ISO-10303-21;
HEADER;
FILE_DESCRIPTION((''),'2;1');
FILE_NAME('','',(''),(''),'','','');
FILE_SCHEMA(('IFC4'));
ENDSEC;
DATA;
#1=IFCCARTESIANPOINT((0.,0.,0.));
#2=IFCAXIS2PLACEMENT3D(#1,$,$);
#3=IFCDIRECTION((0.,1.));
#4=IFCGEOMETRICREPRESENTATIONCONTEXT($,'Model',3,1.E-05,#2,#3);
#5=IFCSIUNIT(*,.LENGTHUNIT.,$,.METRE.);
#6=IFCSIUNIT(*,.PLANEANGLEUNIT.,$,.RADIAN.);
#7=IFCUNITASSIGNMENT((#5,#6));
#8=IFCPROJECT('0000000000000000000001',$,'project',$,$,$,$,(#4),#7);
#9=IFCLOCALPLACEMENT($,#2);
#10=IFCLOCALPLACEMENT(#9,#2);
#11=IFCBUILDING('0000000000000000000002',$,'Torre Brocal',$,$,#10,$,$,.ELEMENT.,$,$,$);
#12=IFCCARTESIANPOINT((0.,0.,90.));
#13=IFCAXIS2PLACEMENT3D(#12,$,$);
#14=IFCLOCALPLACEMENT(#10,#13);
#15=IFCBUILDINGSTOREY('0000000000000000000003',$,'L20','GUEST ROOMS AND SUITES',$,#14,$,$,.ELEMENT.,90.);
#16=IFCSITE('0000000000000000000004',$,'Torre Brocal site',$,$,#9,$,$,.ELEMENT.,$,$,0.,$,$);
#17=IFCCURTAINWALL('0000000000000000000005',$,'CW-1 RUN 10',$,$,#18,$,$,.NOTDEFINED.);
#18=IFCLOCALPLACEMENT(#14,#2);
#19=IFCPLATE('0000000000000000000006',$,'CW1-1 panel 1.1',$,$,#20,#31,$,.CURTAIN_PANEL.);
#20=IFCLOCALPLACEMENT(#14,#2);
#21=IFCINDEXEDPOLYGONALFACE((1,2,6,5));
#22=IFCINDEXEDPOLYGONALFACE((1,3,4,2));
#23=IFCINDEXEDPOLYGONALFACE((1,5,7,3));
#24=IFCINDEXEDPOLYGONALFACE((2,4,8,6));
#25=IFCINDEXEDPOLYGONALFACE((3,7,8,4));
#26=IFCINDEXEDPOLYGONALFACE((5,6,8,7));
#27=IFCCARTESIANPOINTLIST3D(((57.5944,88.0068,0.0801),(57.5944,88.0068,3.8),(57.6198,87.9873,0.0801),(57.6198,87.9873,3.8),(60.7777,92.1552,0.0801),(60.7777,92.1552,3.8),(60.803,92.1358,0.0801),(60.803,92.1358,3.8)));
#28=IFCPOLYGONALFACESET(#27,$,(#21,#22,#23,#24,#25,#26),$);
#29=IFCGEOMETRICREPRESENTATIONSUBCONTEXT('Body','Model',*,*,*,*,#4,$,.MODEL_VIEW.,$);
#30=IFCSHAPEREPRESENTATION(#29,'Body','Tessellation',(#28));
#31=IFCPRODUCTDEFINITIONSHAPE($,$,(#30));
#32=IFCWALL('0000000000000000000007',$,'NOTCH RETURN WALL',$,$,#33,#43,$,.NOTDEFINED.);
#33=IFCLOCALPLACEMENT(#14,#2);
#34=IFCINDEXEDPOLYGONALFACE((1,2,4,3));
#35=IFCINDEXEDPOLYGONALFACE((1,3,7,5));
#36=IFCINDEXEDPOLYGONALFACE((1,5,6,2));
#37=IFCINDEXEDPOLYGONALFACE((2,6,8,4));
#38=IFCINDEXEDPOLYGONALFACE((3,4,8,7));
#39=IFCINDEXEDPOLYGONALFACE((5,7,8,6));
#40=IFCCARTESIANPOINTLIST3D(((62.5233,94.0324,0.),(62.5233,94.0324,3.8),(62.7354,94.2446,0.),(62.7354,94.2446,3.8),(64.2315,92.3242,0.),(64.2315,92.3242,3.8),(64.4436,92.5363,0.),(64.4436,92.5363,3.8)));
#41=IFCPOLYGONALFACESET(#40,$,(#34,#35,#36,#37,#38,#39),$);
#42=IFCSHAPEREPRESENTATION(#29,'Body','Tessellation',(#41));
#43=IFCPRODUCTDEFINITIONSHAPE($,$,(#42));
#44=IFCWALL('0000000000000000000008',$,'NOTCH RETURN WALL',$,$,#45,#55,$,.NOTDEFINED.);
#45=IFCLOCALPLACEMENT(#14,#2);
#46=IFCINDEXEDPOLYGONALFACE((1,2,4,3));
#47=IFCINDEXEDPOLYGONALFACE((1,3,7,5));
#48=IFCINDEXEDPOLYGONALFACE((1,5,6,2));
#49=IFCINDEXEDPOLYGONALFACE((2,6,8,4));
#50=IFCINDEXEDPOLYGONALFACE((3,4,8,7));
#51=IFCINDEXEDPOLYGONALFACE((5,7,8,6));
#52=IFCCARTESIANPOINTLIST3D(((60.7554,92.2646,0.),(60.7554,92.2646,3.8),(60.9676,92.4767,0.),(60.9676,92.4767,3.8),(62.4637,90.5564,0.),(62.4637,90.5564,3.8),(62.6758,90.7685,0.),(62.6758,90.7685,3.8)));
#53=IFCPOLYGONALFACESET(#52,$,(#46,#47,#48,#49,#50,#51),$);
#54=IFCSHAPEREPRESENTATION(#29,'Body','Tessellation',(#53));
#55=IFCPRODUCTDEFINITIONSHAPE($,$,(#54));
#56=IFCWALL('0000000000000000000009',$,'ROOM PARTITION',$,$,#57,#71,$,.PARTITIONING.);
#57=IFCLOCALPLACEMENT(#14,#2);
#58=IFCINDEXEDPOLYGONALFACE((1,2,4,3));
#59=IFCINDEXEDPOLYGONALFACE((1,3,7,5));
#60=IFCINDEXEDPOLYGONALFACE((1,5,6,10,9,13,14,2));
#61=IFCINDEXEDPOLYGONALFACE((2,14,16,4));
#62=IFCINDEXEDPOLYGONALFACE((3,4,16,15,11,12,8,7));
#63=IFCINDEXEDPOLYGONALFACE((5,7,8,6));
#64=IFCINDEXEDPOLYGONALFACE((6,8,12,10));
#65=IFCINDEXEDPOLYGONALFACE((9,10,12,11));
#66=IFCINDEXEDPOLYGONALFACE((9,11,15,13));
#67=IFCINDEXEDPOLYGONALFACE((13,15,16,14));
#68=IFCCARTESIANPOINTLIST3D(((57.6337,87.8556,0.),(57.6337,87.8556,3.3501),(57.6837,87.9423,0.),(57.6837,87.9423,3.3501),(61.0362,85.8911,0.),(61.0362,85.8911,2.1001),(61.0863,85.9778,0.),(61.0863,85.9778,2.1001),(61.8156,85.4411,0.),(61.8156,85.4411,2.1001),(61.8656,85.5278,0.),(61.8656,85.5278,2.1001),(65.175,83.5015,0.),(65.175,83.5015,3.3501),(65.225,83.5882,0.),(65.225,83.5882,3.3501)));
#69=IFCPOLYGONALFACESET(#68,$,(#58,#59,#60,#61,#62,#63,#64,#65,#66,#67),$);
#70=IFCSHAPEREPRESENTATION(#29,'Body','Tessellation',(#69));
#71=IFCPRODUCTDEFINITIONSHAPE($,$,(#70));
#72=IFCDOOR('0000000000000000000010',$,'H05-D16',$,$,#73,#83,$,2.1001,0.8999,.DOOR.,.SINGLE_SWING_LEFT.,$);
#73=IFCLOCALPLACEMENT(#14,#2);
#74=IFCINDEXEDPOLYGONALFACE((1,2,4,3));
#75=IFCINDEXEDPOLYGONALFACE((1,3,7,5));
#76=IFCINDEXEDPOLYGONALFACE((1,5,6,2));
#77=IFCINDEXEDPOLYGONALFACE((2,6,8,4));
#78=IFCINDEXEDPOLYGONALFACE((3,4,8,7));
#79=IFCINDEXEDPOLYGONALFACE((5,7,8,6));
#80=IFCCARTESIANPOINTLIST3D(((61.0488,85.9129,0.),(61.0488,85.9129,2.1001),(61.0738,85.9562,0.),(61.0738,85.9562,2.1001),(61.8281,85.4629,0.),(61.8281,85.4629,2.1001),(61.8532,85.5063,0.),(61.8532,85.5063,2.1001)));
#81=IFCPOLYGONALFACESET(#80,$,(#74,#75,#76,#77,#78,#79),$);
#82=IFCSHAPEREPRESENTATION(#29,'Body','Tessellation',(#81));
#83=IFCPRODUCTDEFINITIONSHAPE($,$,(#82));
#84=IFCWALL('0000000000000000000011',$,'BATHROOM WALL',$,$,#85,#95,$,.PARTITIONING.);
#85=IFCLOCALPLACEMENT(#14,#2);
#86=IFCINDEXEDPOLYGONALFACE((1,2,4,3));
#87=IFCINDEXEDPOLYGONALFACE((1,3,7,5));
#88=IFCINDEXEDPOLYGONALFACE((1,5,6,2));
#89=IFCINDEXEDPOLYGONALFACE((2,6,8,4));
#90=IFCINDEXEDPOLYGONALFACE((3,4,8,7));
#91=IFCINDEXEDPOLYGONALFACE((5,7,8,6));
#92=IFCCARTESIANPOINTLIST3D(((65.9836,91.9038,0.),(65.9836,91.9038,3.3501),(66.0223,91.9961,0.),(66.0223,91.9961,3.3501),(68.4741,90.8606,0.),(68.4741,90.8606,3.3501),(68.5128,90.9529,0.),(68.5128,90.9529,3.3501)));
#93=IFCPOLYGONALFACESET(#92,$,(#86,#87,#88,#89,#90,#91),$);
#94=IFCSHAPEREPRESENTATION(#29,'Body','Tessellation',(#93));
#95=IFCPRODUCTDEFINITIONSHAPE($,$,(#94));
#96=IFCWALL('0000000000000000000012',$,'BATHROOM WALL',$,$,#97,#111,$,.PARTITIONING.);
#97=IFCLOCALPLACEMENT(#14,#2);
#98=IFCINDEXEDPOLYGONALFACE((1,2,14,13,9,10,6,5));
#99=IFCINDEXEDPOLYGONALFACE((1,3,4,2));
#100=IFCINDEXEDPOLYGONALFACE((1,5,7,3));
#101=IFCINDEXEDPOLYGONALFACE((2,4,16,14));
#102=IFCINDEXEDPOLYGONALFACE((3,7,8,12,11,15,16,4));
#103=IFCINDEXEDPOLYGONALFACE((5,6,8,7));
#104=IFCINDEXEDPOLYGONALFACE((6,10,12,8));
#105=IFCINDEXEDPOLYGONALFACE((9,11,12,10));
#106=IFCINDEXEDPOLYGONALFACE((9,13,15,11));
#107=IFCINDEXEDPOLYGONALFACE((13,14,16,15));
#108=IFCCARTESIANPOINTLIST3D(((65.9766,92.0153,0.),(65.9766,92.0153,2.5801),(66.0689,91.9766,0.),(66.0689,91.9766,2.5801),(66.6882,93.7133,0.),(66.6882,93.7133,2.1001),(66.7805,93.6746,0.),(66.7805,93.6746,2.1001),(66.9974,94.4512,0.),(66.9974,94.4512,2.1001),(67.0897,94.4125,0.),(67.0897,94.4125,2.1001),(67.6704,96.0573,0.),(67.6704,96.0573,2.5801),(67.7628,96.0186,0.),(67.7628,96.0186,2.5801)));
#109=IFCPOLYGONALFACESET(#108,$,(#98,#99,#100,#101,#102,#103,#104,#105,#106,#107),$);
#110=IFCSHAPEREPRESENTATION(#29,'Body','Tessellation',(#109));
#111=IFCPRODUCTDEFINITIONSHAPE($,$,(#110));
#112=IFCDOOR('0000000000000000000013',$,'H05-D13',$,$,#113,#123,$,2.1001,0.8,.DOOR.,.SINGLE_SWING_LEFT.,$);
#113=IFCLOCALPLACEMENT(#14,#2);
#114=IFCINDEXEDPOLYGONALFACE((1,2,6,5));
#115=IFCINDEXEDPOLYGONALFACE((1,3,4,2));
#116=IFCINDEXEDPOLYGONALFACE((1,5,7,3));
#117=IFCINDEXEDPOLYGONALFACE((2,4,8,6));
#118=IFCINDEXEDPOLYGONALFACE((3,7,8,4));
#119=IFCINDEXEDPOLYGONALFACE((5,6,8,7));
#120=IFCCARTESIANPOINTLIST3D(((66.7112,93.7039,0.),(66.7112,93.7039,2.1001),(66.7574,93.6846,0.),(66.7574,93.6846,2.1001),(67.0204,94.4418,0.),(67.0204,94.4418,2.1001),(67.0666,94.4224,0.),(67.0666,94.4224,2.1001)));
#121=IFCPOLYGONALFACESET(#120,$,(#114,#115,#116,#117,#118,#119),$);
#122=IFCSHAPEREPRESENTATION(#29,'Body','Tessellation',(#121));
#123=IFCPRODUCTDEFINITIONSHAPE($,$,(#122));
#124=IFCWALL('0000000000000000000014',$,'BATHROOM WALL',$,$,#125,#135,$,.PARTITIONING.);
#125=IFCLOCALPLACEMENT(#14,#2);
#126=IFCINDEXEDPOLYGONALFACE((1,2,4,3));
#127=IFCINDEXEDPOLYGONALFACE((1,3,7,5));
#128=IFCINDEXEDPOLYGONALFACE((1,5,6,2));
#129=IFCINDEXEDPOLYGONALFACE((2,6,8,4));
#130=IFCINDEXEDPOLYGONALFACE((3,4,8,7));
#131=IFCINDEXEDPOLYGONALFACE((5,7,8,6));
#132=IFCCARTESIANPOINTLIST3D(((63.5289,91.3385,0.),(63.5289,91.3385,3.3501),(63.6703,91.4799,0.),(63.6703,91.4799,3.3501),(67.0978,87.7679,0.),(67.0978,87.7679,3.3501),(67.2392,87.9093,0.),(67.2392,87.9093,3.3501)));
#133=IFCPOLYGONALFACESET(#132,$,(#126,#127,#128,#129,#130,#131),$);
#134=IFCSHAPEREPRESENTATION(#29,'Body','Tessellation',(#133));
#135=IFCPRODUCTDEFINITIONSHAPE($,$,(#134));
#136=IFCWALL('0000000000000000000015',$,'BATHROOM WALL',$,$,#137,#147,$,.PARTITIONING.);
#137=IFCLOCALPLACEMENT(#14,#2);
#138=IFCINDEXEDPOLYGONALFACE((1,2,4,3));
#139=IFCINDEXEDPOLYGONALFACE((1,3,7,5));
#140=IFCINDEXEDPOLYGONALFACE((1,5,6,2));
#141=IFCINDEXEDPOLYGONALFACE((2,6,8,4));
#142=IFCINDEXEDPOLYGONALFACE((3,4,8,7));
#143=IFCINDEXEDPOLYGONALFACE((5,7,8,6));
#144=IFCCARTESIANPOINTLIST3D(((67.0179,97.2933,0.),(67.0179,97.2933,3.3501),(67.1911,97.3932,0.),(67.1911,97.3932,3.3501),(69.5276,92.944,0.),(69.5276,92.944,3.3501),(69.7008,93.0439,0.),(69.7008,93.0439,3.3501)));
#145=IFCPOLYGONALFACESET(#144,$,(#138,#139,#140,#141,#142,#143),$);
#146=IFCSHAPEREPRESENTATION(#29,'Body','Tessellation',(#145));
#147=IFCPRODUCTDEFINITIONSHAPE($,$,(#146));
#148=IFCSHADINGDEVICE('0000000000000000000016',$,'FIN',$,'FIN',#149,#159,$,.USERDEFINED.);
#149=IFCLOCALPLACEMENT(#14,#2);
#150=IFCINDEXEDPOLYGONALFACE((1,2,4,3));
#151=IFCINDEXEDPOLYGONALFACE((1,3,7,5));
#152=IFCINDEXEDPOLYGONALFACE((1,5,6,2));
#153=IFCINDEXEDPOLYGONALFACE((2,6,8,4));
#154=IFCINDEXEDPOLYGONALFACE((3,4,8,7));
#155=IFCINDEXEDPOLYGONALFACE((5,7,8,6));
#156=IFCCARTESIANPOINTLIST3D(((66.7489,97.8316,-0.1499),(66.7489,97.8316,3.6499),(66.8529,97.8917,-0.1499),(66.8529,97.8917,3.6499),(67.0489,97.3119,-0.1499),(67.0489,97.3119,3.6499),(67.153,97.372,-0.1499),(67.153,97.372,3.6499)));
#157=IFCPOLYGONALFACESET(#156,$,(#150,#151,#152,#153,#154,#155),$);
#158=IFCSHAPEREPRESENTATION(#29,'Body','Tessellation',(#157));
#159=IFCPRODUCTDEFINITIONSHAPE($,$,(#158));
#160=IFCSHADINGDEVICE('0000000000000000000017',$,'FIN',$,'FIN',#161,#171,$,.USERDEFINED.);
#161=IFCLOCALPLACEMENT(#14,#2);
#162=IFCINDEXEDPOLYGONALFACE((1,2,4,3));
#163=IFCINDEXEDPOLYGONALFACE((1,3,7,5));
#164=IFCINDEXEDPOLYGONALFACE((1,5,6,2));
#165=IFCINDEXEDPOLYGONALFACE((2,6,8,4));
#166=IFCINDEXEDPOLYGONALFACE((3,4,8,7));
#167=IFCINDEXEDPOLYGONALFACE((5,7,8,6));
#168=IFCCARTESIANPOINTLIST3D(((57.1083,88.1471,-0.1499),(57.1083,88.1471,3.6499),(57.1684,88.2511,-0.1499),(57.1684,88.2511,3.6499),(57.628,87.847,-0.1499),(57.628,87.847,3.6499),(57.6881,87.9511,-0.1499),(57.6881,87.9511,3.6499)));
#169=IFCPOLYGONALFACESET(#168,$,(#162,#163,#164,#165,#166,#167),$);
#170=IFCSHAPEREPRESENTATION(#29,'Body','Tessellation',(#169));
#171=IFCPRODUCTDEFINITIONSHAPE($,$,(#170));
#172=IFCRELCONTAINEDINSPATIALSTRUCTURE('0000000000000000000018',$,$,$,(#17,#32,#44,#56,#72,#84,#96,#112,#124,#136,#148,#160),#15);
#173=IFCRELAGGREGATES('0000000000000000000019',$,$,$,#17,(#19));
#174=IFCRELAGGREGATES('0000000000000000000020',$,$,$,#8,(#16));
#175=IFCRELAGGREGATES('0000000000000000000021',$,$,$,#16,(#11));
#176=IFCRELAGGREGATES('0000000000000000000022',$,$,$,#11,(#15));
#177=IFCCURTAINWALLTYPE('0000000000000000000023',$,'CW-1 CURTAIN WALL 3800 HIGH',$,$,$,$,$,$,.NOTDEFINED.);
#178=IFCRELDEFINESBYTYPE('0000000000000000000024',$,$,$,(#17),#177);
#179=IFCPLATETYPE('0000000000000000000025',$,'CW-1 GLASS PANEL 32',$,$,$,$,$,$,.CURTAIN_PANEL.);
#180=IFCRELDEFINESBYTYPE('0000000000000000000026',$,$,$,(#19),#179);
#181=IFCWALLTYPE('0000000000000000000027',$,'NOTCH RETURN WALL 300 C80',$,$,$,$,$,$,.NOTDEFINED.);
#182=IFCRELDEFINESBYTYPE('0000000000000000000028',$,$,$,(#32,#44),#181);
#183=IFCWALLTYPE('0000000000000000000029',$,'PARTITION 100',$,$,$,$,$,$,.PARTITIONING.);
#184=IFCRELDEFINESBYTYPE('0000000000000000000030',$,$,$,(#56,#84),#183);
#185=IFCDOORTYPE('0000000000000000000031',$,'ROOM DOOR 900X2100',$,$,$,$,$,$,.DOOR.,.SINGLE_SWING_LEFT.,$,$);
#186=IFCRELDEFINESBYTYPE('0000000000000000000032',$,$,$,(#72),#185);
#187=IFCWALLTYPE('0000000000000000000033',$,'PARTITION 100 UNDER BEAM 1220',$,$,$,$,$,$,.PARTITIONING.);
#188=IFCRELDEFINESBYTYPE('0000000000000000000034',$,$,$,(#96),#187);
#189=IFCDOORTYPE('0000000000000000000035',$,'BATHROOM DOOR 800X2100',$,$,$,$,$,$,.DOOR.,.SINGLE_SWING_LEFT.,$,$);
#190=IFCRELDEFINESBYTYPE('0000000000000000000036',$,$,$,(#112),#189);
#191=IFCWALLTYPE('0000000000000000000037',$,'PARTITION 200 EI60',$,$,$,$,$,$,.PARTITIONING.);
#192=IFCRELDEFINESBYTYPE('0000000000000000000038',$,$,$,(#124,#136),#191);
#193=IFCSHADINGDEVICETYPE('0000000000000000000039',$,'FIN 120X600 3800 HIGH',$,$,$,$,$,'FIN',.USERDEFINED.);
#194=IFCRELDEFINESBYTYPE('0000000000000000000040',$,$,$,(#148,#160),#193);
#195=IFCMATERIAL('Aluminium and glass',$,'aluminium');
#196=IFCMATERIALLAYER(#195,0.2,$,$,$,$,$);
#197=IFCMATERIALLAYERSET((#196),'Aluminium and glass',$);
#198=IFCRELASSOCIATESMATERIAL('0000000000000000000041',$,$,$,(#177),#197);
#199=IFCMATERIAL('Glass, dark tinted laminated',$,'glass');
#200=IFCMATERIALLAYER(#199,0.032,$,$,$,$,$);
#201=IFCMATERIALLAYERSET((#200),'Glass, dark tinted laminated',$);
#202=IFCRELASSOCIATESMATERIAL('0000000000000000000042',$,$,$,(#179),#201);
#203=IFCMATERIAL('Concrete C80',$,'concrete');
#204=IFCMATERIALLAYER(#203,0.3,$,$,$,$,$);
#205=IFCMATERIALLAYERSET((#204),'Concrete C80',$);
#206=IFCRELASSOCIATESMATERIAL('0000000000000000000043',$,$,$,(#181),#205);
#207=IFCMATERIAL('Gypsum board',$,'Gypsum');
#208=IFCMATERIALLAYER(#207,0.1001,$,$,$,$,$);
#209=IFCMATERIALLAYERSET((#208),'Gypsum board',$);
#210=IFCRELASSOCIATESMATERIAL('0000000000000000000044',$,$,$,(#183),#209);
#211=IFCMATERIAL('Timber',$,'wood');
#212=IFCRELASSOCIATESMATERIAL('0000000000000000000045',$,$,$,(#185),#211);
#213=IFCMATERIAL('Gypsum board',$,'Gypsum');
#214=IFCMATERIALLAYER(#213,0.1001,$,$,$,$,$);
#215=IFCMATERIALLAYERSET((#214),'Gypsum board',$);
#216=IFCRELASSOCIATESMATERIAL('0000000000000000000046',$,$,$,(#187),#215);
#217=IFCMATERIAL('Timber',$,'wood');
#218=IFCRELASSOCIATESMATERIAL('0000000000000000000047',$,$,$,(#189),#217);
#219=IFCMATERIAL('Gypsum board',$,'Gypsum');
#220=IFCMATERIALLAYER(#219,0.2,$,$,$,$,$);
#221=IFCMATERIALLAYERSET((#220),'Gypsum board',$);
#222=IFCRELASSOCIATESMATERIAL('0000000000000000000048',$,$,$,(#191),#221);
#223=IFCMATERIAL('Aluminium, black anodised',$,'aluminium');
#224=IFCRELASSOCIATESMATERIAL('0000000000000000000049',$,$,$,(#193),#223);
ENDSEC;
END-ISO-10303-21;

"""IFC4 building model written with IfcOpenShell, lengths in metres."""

from ifc_helpers import new_model, si_unit, direction, frame, frame_2d, origin, origin_2d, place, context, subcontext, project, spatial, rectangle, extrude, material, layer, layer_set, material_profile, profile_set, type_object, element, fill, aggregate, save


model = new_model("IFC4")

# Units and contexts
model_context = context("Model", 3, precision=1e-05, world=origin(), true_north=direction((0.0, 1.0)))
body_context = subcontext(model_context, "Body", "Model", "MODEL_VIEW")
ifc_project = project(units=[si_unit("LENGTHUNIT", "METRE"), si_unit("PLANEANGLEUNIT", "RADIAN")], contexts=[model_context])

# Site, building, storey
site_placement = place(None, origin())
site = spatial("IfcSite", under=ifc_project, at=site_placement, Name="Torre Brocal site", CompositionType="ELEMENT", RefElevation=0.0)
building_placement = place(site_placement, origin())
building = spatial("IfcBuilding", under=site, at=building_placement, Name="Torre Brocal", CompositionType="ELEMENT")
storey_placement = place(building_placement, frame((0.0, 0.0, 90.0)))
storey = spatial("IfcBuildingStorey", under=building, at=storey_placement, Name="L20", Description="GUEST ROOMS AND SUITES", CompositionType="ELEMENT", Elevation=90.0)

# Shared definitions
ifc_material_1 = material(Name="Aluminium and glass", Category="aluminium")
ifc_layer_1 = layer(ifc_material_1, 0.2)
ifc_layer_set_1 = layer_set([ifc_layer_1], Name="Aluminium and glass")
curtain_wall_type = type_object("IfcCurtainWallType", Name="CW-1 CURTAIN WALL 3800 HIGH", PredefinedType="NOTDEFINED", material=ifc_layer_set_1)

# Curtain wall
curtain_wall_1_placement = place(storey_placement, origin())
curtain_wall_1 = element("IfcCurtainWall", 1, at=curtain_wall_1_placement, inside=storey, type_object=curtain_wall_type, Name="CW-1 RUN 10", PredefinedType="NOTDEFINED")

# Plate
ifc_material_2 = material(Name="Glass, dark tinted laminated", Category="glass")
ifc_layer_2 = layer(ifc_material_2, 0.032)
ifc_layer_set_2 = layer_set([ifc_layer_2], Name="Glass, dark tinted laminated")
plate_type = type_object("IfcPlateType", Name="CW-1 GLASS PANEL 32", PredefinedType="CURTAIN_PANEL", material=ifc_layer_set_2)
plate_1_placement = place(storey_placement, frame((59.1987, 90.0713, 0.0801), z_axis=(0.0, 0.0, 1.0), x_axis=(-0.608761, -0.793353, 0.0)))
plate_1 = element("IfcPlate", 2, at=plate_1_placement, type_object=plate_type, Name="CW1-1 panel 1.1", PredefinedType="CURTAIN_PANEL", context=body_context, shape_type="SweptSolid", body=[
    extrude(rectangle(XDim=5.229, YDim=0.032, at=origin_2d()), origin(), (0.0, 0.0, 1.0), 3.72),
])
aggregate(curtain_wall_1, [plate_1])

# Walls
ifc_material_3 = material(Name="Concrete C80", Category="concrete")
ifc_layer_3 = layer(ifc_material_3, 0.3)
ifc_layer_set_3 = layer_set([ifc_layer_3], Name="Concrete C80")
wall_type_1 = type_object("IfcWallType", Name="NOTCH RETURN WALL 300 C80", PredefinedType="NOTDEFINED", material=ifc_layer_set_3)
for number, where, z_axis, x_axis, name in (
    (3, (64.3376, 92.4302, 0.0), (0.0, 0.0, 1.0), (-0.707107, 0.707107, 0.0), "NOTCH RETURN WALL"),
    (4, (62.5698, 90.6624, 0.0), (0.0, 0.0, 1.0), (-0.707107, 0.707107, 0.0), "NOTCH RETURN WALL"),
):
    element("IfcWall", number, at=place(storey_placement, frame(where, z_axis=z_axis, x_axis=x_axis)), inside=storey, type_object=wall_type_1, Name=name, PredefinedType="NOTDEFINED", context=body_context, shape_type="SweptSolid", body=[
        extrude(rectangle(XDim=2.4158, YDim=0.3, at=frame_2d((1.208, 0.0))), origin(), (0.0, 0.0, 1.0), 3.8),
    ])

# Wall, opening, door
ifc_material_4 = material(Name="Gypsum board", Category="Gypsum")
ifc_layer_4 = layer(ifc_material_4, 0.1001)
ifc_layer_set_4 = layer_set([ifc_layer_4], Name="Gypsum board")
wall_type_2 = type_object("IfcWallType", Name="PARTITION 100", PredefinedType="PARTITIONING", material=ifc_layer_set_4)
wall_1_placement = place(storey_placement, frame((57.6587, 87.8989, 0.0), z_axis=(0.0, 0.0, 1.0), x_axis=(0.866023, -0.500005, 0.0)))
wall_1 = element("IfcWall", 5, at=wall_1_placement, inside=storey, type_object=wall_type_2, Name="ROOM PARTITION", PredefinedType="PARTITIONING", context=body_context, shape_type="SweptSolid", body=[
    extrude(rectangle(XDim=8.708, YDim=0.1001, at=frame_2d((4.354, 0.0))), origin(), (0.0, 0.0, 1.0), 3.3501),
])
opening_1_placement = place(wall_1_placement, frame((3.929, 0.0, 0.0)))
opening_1 = element("IfcOpeningElement", 6, at=opening_1_placement, cuts=wall_1, PredefinedType="OPENING", context=body_context, shape_type="SweptSolid", body=[
    extrude(rectangle(XDim=0.8999, YDim=2.1001, at=frame_2d((0.45, 1.05))), frame((0.0, 0.0601, 0.0), z_axis=(0.0, -1.0, 0.0), x_axis=(1.0, 0.0, 0.0)), (0.0, 0.0, 1.0), 0.1201),
])
ifc_material_5 = material(Name="Timber", Category="wood")
door_type_1 = type_object("IfcDoorType", Name="ROOM DOOR 900X2100", OperationType="SINGLE_SWING_LEFT", PredefinedType="DOOR", material=ifc_material_5)
door_1_placement = place(opening_1_placement, frame((0.8999, 0.0, 0.0), z_axis=(0.0, 0.0, 1.0), x_axis=(-1.0, 0.0, 0.0)))
door_1 = element("IfcDoor", 7, at=door_1_placement, inside=storey, type_object=door_type_1, Name="H05-D16", OperationType="SINGLE_SWING_LEFT", OverallHeight=2.1001, OverallWidth=0.8999, PredefinedType="DOOR", context=body_context, shape_type="SweptSolid", body=[
    extrude(rectangle(XDim=0.8999, YDim=2.1001, at=frame_2d((0.45, 1.05))), frame((0.0, 0.0249, 0.0), z_axis=(0.0, -1.0, 0.0), x_axis=(1.0, 0.0, 0.0)), (0.0, 0.0, 1.0), 0.05),
])
fill(opening_1, door_1)

# Wall
wall_2_placement = place(storey_placement, frame((66.0029, 91.95, 0.0), z_axis=(0.0, 0.0, 1.0), x_axis=(0.92235, -0.386355, 0.0)))
element("IfcWall", 8, at=wall_2_placement, inside=storey, type_object=wall_type_2, Name="BATHROOM WALL", PredefinedType="PARTITIONING", context=body_context, shape_type="SweptSolid", body=[
    extrude(rectangle(XDim=2.7002, YDim=0.1001, at=frame_2d((1.3501, 0.0))), origin(), (0.0, 0.0, 1.0), 3.3501),
])

# Wall, opening, door
ifc_material_6 = material(Name="Gypsum board", Category="Gypsum")
ifc_layer_5 = layer(ifc_material_6, 0.1001)
ifc_layer_set_5 = layer_set([ifc_layer_5], Name="Gypsum board")
wall_type_3 = type_object("IfcWallType", Name="PARTITION 100 UNDER BEAM 1220", PredefinedType="PARTITIONING", material=ifc_layer_set_5)
wall_3_placement = place(storey_placement, frame((66.0227, 91.9958, 0.0), z_axis=(0.0, 0.0, 1.0), x_axis=(0.386497, 0.92229, 0.0)))
wall_3 = element("IfcWall", 9, at=wall_3_placement, inside=storey, type_object=wall_type_3, Name="BATHROOM WALL", PredefinedType="PARTITIONING", context=body_context, shape_type="SweptSolid", body=[
    extrude(rectangle(XDim=4.3826, YDim=0.1001, at=frame_2d((2.1914, 0.0))), origin(), (0.0, 0.0, 1.0), 2.5801),
])
opening_2_placement = place(wall_3_placement, frame((1.8413, 0.0, 0.0)))
opening_2 = element("IfcOpeningElement", 10, at=opening_2_placement, cuts=wall_3, PredefinedType="OPENING", context=body_context, shape_type="SweptSolid", body=[
    extrude(rectangle(XDim=0.8, YDim=2.1001, at=frame_2d((0.3999, 1.05))), frame((0.0, 0.0601, 0.0), z_axis=(0.0, -1.0, 0.0), x_axis=(1.0, 0.0, 0.0)), (0.0, 0.0, 1.0), 0.1201),
])
ifc_material_7 = material(Name="Timber", Category="wood")
door_type_2 = type_object("IfcDoorType", Name="BATHROOM DOOR 800X2100", OperationType="SINGLE_SWING_LEFT", PredefinedType="DOOR", material=ifc_material_7)
door_2_placement = place(opening_2_placement, frame((0.8, 0.0, 0.0), z_axis=(0.0, 0.0, 1.0), x_axis=(-1.0, 0.0, 0.0)))
door_2 = element("IfcDoor", 11, at=door_2_placement, inside=storey, type_object=door_type_2, Name="H05-D13", OperationType="SINGLE_SWING_LEFT", OverallHeight=2.1001, OverallWidth=0.8, PredefinedType="DOOR", context=body_context, shape_type="SweptSolid", body=[
    extrude(rectangle(XDim=0.8, YDim=2.1001, at=frame_2d((0.3999, 1.05))), frame((0.0, 0.0249, 0.0), z_axis=(0.0, -1.0, 0.0), x_axis=(1.0, 0.0, 0.0)), (0.0, 0.0, 1.0), 0.05),
])
fill(opening_2, door_2)

# Walls
ifc_material_8 = material(Name="Gypsum board", Category="Gypsum")
ifc_layer_6 = layer(ifc_material_8, 0.2)
ifc_layer_set_6 = layer_set([ifc_layer_6], Name="Gypsum board")
wall_type_4 = type_object("IfcWallType", Name="PARTITION 200 EI60", PredefinedType="PARTITIONING", material=ifc_layer_set_6)
wall_4_placement = place(storey_placement, frame((63.5996, 91.4092, 0.0), z_axis=(0.0, 0.0, 1.0), x_axis=(0.706937, -0.707276, 0.0)))
element("IfcWall", 12, at=wall_4_placement, inside=storey, type_object=wall_type_4, Name="BATHROOM WALL", PredefinedType="PARTITIONING", context=body_context, shape_type="SweptSolid", body=[
    extrude(rectangle(XDim=5.0483, YDim=0.2, at=frame_2d((2.5242, 0.0))), origin(), (0.0, 0.0, 1.0), 3.3501),
])
wall_5_placement = place(storey_placement, frame((67.1045, 97.3433, 0.0), z_axis=(0.0, 0.0, 1.0), x_axis=(0.4998, -0.866141, 0.0)))
element("IfcWall", 13, at=wall_5_placement, inside=storey, type_object=wall_type_4, Name="BATHROOM WALL", PredefinedType="PARTITIONING", context=body_context, shape_type="SweptSolid", body=[
    extrude(rectangle(XDim=5.0215, YDim=0.2, at=frame_2d((2.5107, 0.0))), origin(), (0.0, 0.0, 1.0), 3.3501),
])

# Shading devices
ifc_material_9 = material(Name="Aluminium, black anodised", Category="aluminium")
ifc_material_profile_1 = material_profile(ifc_material_9, rectangle(XDim=0.1201, YDim=0.6001, at=origin_2d()), Name="FIN 120X600 3800 HIGH")
ifc_profile_set_1 = profile_set([ifc_material_profile_1], Name="Aluminium, black anodised")
shading_device_type = type_object("IfcShadingDeviceType", Name="FIN 120X600 3800 HIGH", ElementType="FIN", PredefinedType="USERDEFINED", material=ifc_profile_set_1)
for number, where, z_axis, x_axis, name in (
    (14, (66.9509, 97.6018, -0.1499), (0.0, 0.0, 1.0), (-0.866025, -0.5, 0.0), "FIN"),
    (15, (57.3982, 88.0491, -0.1499), (0.0, 0.0, 1.0), (-0.5, -0.866025, 0.0), "FIN"),
):
    element("IfcShadingDevice", number, at=place(storey_placement, frame(where, z_axis=z_axis, x_axis=x_axis)), inside=storey, type_object=shading_device_type, Name=name, ObjectType="FIN", PredefinedType="USERDEFINED", context=body_context, shape_type="SweptSolid", body=[
        extrude(rectangle(XDim=0.1201, YDim=0.6001, at=origin_2d()), origin(), (0.0, 0.0, 1.0), 3.7998),
    ])

save(model, "model.ifc")
